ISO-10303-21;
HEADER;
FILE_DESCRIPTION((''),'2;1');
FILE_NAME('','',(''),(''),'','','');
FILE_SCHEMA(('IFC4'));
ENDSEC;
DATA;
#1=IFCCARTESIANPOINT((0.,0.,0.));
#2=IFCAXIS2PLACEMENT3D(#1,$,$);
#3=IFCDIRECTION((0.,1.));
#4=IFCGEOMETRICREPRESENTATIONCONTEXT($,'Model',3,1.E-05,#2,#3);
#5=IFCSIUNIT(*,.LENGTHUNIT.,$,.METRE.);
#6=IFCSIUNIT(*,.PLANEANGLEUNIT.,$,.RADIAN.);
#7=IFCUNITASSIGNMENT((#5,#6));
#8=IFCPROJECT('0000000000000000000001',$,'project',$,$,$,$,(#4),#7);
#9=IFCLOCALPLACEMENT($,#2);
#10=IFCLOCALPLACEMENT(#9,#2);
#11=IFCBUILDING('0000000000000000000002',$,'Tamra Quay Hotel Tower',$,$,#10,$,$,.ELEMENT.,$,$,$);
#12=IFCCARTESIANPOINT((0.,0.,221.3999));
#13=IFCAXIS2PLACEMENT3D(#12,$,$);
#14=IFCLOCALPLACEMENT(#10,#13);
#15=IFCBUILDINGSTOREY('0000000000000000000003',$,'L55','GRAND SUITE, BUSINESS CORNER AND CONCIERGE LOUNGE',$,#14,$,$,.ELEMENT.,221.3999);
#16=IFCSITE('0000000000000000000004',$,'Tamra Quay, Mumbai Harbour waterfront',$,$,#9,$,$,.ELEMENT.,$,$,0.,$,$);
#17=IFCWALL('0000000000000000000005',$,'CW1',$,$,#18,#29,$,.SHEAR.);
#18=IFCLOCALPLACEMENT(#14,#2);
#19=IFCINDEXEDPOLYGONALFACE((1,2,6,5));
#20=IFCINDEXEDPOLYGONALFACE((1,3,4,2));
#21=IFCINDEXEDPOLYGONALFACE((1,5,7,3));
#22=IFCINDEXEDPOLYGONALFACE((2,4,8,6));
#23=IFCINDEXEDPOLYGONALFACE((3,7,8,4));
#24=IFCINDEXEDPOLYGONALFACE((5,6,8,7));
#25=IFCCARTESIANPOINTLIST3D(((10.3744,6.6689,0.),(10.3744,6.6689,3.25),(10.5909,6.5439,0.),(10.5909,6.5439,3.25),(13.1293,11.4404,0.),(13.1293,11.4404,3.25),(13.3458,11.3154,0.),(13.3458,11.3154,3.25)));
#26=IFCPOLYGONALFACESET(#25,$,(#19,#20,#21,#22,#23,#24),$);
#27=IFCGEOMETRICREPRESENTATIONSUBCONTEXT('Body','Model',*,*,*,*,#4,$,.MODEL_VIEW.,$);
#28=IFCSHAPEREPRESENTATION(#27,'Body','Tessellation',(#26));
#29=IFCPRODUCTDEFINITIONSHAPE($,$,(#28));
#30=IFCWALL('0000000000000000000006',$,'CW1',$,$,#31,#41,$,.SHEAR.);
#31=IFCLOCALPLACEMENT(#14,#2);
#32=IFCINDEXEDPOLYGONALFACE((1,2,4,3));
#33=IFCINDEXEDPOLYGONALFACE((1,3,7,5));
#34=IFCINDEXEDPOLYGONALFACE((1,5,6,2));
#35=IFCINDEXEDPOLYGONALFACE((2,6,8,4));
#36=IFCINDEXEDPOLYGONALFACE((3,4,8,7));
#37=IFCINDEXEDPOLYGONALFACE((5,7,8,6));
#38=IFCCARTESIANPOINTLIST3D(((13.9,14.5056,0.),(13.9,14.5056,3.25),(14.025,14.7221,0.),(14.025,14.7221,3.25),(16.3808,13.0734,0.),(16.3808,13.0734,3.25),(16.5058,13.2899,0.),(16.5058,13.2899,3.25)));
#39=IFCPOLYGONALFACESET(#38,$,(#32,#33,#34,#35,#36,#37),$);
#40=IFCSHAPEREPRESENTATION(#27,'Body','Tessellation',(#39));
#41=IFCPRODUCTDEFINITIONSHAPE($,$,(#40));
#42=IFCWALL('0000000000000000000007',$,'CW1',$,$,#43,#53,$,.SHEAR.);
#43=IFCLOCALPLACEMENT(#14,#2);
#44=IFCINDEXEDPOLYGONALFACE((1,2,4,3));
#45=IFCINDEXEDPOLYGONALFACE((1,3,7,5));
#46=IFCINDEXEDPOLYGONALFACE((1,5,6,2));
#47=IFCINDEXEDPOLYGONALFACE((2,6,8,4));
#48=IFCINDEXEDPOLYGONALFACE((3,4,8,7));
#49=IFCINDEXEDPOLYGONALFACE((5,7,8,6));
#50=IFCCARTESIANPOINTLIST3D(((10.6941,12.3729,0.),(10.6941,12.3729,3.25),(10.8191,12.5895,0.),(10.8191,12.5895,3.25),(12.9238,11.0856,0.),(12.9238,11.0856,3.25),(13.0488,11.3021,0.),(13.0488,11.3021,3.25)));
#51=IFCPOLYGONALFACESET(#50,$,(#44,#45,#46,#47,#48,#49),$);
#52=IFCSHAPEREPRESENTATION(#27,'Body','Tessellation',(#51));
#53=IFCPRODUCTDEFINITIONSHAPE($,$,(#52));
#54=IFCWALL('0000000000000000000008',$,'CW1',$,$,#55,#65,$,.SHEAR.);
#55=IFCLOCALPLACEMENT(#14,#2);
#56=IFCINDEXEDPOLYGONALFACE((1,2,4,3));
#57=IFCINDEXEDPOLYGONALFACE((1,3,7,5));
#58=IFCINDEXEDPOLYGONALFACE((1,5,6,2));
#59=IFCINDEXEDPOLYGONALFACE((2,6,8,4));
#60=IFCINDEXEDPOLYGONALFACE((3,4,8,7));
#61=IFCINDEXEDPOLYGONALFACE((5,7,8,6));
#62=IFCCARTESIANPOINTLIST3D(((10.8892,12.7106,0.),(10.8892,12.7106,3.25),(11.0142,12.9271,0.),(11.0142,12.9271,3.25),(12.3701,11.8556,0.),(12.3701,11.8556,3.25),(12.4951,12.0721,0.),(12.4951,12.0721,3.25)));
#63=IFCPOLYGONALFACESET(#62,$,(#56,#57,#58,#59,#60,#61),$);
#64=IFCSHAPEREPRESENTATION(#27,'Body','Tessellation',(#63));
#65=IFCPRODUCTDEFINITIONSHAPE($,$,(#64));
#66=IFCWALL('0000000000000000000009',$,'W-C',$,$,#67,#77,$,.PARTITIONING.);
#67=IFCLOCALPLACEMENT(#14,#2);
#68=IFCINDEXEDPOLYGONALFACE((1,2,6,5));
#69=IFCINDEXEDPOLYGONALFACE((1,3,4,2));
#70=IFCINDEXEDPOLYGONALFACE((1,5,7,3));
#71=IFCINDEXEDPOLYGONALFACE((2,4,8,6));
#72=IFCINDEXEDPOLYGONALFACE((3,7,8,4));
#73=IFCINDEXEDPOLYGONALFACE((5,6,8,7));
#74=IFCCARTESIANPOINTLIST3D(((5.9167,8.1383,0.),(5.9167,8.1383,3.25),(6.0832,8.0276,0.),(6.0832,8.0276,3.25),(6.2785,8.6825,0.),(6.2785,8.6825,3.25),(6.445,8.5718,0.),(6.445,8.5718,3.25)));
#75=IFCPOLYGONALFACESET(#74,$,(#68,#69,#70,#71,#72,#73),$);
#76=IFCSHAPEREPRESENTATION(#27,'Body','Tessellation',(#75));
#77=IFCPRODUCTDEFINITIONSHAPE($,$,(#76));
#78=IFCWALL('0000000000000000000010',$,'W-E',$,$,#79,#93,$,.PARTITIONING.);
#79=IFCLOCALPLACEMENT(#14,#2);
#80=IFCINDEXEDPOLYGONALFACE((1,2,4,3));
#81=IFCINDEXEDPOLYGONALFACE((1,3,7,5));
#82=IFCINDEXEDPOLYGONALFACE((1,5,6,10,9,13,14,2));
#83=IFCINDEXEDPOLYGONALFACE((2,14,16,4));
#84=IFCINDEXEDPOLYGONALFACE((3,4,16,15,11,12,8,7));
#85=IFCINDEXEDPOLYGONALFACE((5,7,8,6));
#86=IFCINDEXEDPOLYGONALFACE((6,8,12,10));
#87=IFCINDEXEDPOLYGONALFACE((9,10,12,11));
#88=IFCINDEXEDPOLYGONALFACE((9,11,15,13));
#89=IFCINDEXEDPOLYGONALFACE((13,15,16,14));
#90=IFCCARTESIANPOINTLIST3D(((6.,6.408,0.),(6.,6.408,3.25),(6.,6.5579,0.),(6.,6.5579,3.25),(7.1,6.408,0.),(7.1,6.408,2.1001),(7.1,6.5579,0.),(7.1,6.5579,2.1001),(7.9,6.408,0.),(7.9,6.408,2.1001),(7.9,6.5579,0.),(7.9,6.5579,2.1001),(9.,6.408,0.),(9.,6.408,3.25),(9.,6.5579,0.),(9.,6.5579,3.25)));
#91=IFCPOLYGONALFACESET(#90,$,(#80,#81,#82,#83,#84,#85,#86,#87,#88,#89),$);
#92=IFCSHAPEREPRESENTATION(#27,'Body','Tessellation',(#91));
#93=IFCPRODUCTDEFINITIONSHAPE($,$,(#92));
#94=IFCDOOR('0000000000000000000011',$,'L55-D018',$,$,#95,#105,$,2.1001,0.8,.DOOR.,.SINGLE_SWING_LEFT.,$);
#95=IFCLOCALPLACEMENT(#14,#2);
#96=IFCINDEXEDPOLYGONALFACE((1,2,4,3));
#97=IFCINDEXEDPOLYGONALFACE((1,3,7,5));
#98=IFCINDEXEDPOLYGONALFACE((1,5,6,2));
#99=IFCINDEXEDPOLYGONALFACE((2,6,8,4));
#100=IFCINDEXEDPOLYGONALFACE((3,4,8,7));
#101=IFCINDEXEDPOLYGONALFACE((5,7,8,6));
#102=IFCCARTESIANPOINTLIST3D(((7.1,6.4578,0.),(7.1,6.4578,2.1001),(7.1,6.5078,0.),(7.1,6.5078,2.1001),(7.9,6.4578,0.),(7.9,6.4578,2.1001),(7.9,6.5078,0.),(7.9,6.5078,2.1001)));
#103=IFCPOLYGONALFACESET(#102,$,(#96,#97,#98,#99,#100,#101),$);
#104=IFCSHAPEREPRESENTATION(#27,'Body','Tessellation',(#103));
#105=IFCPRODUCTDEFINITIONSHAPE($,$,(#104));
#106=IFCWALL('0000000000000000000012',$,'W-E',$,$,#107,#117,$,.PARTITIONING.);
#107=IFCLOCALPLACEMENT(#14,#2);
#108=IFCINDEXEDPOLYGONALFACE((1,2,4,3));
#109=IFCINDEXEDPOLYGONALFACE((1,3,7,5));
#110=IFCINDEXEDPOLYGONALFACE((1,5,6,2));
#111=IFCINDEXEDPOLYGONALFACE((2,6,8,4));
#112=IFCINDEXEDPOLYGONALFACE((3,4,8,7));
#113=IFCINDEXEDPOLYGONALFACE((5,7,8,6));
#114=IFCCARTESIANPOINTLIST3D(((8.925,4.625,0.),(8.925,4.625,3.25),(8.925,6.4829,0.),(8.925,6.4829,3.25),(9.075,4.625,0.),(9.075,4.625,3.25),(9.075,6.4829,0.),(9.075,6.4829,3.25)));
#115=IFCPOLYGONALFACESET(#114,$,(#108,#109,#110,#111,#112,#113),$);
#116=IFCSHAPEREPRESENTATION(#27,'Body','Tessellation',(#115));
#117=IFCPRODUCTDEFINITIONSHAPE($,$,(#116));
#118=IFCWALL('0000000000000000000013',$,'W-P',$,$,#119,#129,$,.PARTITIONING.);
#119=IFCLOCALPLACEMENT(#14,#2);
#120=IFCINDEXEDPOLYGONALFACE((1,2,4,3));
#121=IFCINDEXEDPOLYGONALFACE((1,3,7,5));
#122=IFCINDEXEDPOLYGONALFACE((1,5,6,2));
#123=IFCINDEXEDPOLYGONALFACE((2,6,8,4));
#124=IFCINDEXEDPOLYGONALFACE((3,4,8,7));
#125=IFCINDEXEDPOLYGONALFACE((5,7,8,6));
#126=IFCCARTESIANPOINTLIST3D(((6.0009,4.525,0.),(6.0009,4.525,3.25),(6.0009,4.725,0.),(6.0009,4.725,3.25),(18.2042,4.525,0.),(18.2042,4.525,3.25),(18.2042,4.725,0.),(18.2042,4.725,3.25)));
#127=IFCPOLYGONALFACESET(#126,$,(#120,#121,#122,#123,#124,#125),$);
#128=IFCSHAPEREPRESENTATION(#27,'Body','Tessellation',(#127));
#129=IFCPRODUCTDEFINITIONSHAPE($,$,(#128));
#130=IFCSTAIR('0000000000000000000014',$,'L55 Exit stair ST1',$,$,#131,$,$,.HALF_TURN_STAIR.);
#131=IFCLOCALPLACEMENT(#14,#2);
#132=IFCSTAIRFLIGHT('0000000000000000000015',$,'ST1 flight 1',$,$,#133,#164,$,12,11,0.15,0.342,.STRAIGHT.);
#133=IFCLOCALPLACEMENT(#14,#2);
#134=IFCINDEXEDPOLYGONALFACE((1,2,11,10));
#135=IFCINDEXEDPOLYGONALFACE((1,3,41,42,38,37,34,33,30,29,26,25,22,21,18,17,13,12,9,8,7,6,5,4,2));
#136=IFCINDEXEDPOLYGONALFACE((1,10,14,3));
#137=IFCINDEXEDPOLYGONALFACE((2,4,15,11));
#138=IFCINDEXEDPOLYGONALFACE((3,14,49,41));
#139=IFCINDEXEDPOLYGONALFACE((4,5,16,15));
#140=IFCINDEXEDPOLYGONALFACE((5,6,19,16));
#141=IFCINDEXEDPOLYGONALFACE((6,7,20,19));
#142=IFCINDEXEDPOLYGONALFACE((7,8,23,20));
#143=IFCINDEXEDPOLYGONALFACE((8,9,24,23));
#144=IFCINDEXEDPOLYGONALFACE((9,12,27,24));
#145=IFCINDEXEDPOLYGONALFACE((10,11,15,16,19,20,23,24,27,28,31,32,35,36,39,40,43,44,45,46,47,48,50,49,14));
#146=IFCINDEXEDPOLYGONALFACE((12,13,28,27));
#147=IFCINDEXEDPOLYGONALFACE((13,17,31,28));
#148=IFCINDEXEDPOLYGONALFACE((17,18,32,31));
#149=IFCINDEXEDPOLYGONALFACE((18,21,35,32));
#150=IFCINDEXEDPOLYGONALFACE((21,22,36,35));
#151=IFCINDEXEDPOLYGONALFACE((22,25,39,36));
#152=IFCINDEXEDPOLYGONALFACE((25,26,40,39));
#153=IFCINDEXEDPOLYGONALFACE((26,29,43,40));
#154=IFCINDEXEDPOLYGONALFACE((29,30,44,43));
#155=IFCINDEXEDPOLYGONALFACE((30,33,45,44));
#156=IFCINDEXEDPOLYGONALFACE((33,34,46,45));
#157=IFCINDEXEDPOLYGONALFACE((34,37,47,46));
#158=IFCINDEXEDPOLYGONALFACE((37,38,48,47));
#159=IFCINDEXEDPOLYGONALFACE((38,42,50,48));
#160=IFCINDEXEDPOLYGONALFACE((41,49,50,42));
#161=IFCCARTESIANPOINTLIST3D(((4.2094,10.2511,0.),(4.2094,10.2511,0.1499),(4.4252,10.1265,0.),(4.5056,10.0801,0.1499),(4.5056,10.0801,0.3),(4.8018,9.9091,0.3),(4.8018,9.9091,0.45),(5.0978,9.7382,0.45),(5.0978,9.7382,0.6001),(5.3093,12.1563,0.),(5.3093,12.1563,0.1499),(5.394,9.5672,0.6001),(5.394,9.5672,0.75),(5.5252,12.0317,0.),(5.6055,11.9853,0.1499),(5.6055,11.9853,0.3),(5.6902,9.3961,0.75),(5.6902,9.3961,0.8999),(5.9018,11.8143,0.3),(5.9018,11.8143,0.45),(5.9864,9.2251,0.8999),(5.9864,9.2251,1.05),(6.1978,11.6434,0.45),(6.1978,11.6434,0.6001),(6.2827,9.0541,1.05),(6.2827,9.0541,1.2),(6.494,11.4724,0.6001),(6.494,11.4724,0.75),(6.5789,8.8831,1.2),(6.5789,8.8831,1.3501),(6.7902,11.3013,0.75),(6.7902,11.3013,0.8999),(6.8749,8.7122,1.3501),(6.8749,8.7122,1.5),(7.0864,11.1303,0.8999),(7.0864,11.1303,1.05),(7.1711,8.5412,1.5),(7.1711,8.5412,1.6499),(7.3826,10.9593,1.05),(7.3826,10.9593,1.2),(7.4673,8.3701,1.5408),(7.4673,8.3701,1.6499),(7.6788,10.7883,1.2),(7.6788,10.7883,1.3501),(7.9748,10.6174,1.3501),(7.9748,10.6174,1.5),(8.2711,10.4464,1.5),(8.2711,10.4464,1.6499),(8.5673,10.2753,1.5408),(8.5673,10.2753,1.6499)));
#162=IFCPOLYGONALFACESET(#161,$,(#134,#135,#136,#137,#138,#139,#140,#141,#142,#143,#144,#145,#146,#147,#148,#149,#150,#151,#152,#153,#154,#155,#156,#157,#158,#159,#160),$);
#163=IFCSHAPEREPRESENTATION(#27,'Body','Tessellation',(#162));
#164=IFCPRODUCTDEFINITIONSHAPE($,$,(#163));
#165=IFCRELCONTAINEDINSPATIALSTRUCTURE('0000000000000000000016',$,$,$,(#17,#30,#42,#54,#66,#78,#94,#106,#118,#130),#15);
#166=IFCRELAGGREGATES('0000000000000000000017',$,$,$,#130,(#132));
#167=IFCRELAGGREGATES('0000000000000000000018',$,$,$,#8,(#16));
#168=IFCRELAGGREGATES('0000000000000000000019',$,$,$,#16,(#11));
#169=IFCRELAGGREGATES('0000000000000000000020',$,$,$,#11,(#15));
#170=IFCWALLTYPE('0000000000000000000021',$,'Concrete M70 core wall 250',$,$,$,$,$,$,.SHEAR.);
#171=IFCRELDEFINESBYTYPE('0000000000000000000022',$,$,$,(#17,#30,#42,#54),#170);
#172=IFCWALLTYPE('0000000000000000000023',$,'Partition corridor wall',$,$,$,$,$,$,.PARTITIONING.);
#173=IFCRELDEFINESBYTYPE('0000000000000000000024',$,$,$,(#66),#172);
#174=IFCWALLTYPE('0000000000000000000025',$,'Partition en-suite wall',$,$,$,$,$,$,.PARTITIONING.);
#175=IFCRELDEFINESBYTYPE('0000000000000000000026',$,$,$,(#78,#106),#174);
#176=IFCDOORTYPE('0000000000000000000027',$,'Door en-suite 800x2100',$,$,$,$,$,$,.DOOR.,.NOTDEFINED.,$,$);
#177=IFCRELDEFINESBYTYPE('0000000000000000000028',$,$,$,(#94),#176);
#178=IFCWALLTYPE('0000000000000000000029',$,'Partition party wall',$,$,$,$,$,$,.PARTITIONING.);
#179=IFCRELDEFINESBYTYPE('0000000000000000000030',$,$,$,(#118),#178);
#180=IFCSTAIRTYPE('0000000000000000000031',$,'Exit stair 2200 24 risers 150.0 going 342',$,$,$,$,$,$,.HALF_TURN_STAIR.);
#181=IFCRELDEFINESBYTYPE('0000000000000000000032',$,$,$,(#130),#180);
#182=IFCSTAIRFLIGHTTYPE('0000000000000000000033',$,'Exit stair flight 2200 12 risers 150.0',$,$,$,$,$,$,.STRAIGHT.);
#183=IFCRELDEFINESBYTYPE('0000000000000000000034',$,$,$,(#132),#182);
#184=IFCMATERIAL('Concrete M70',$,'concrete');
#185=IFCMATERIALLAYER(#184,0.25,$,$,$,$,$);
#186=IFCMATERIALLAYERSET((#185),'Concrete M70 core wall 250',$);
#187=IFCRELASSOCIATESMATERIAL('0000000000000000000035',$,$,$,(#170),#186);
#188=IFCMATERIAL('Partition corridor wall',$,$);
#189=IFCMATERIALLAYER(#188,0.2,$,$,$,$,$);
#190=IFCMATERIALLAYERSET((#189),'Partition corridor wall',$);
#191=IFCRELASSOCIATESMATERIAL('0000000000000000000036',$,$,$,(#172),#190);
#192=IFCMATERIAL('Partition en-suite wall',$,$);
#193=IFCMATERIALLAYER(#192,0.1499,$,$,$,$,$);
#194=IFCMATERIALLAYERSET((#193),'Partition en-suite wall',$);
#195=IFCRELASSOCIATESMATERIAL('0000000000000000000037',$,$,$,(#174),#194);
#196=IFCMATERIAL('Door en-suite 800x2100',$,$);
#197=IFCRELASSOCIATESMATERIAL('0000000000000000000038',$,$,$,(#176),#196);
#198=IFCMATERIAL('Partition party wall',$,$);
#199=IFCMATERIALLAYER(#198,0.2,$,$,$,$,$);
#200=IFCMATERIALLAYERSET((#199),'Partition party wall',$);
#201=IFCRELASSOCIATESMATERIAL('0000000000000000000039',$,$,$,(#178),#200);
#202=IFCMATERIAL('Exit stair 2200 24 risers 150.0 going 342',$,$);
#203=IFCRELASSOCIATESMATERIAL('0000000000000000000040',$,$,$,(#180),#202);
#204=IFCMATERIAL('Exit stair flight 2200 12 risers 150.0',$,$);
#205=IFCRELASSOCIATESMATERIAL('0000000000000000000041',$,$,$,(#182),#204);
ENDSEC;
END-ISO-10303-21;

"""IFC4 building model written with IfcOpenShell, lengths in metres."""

from ifc_helpers import new_model, si_unit, direction, frame, frame_2d, origin, place, context, subcontext, project, spatial, polyline, rectangle, outline, extrude, material, layer, layer_set, type_object, element, fill, aggregate, save


model = new_model("IFC4")

# Units and contexts
model_context = context("Model", 3, precision=1e-05, world=origin(), true_north=direction((0.0, 1.0)))
body_context = subcontext(model_context, "Body", "Model", "MODEL_VIEW")
ifc_project = project(units=[si_unit("LENGTHUNIT", "METRE"), si_unit("PLANEANGLEUNIT", "RADIAN")], contexts=[model_context])

# Site, building, storey
site_placement = place(None, origin())
site = spatial("IfcSite", under=ifc_project, at=site_placement, Name="Tamra Quay, Mumbai Harbour waterfront", CompositionType="ELEMENT", RefElevation=0.0)
building_placement = place(site_placement, origin())
building = spatial("IfcBuilding", under=site, at=building_placement, Name="Tamra Quay Hotel Tower", CompositionType="ELEMENT")
storey_placement = place(building_placement, frame((0.0, 0.0, 221.3999)))
storey = spatial("IfcBuildingStorey", under=building, at=storey_placement, Name="L55", Description="GRAND SUITE, BUSINESS CORNER AND CONCIERGE LOUNGE", CompositionType="ELEMENT", Elevation=221.3999)

# Shared definitions
ifc_material_1 = material(Name="Concrete M70", Category="concrete")

# Shared definitions
ifc_layer_1 = layer(ifc_material_1, 0.25)
ifc_layer_set_1 = layer_set([ifc_layer_1], Name="Concrete M70 core wall 250")
wall_type_1 = type_object("IfcWallType", Name="Concrete M70 core wall 250", PredefinedType="SHEAR", material=ifc_layer_set_1)

# Walls
wall_1_placement = place(storey_placement, frame((13.2375, 11.3779, 0.0), z_axis=(0.0, 0.0, 1.0), x_axis=(-0.500009, -0.86602, 0.0)))
element("IfcWall", 1, at=wall_1_placement, inside=storey, type_object=wall_type_1, Name="CW1", PredefinedType="SHEAR", context=body_context, shape_type="SweptSolid", body=[
    extrude(rectangle(XDim=5.5098, YDim=0.25, at=frame_2d((2.7549, 0.0))), origin(), (0.0, 0.0, 1.0), 3.25),
])
wall_2_placement = place(storey_placement, frame((13.9626, 14.6138, 0.0), z_axis=(0.0, 0.0, 1.0), x_axis=(0.866042, -0.499971, 0.0)))
element("IfcWall", 2, at=wall_2_placement, inside=storey, type_object=wall_type_1, Name="CW1", PredefinedType="SHEAR", context=body_context, shape_type="SweptSolid", body=[
    extrude(rectangle(XDim=2.8645, YDim=0.25, at=frame_2d((1.4321, 0.0))), origin(), (0.0, 0.0, 1.0), 3.25),
])
wall_3_placement = place(storey_placement, frame((10.7566, 12.4812, 0.0), z_axis=(0.0, 0.0, 1.0), x_axis=(0.866023, -0.500004, 0.0)))
element("IfcWall", 3, at=wall_3_placement, inside=storey, type_object=wall_type_1, Name="CW1", PredefinedType="SHEAR", context=body_context, shape_type="SweptSolid", body=[
    extrude(rectangle(XDim=2.5747, YDim=0.25, at=frame_2d((1.2874, 0.0))), origin(), (0.0, 0.0, 1.0), 3.25),
])
wall_4_placement = place(storey_placement, frame((12.4326, 11.9639, 0.0), z_axis=(0.0, 0.0, 1.0), x_axis=(-0.866038, 0.499978, 0.0)))
element("IfcWall", 4, at=wall_4_placement, inside=storey, type_object=wall_type_1, Name="CW1", PredefinedType="SHEAR", context=body_context, shape_type="SweptSolid", body=[
    extrude(rectangle(XDim=1.71, YDim=0.25, at=frame_2d((0.855, 0.0))), origin(), (0.0, 0.0, 1.0), 3.25),
])
ifc_material_2 = material(Name="Partition corridor wall")
ifc_layer_2 = layer(ifc_material_2, 0.2)
ifc_layer_set_2 = layer_set([ifc_layer_2], Name="Partition corridor wall")
wall_type_2 = type_object("IfcWallType", Name="Partition corridor wall", PredefinedType="PARTITIONING", material=ifc_layer_set_2)
wall_5_placement = place(storey_placement, frame((6.0, 8.083, 0.0), z_axis=(0.0, 0.0, 1.0), x_axis=(0.553665, 0.832739, 0.0)))
element("IfcWall", 5, at=wall_5_placement, inside=storey, type_object=wall_type_2, Name="W-C", PredefinedType="PARTITIONING", context=body_context, shape_type="SweptSolid", body=[
    extrude(rectangle(XDim=0.6536, YDim=0.2, at=frame_2d((0.3267, 0.0))), origin(), (0.0, 0.0, 1.0), 3.25),
])

# Wall, opening, door
ifc_material_3 = material(Name="Partition en-suite wall")
ifc_layer_3 = layer(ifc_material_3, 0.1499)
ifc_layer_set_3 = layer_set([ifc_layer_3], Name="Partition en-suite wall")
wall_type_3 = type_object("IfcWallType", Name="Partition en-suite wall", PredefinedType="PARTITIONING", material=ifc_layer_set_3)
wall_6_placement = place(storey_placement, frame((6.0, 6.4829, 0.0), z_axis=(0.0, 0.0, 1.0), x_axis=(1.0, 0.0, 0.0)))
wall_6 = element("IfcWall", 6, at=wall_6_placement, inside=storey, type_object=wall_type_3, Name="W-E", PredefinedType="PARTITIONING", context=body_context, shape_type="SweptSolid", body=[
    extrude(rectangle(XDim=3.0, YDim=0.1499, at=frame_2d((1.5, 0.0))), origin(), (0.0, 0.0, 1.0), 3.25),
])
opening_1_placement = place(wall_6_placement, frame((1.1001, 0.0, 0.0)))
opening_1 = element("IfcOpeningElement", 7, at=opening_1_placement, cuts=wall_6, PredefinedType="OPENING", context=body_context, shape_type="SweptSolid", body=[
    extrude(rectangle(XDim=0.8, YDim=2.1001, at=frame_2d((0.3999, 1.05))), frame((0.0, 0.085, 0.0), z_axis=(0.0, -1.0, 0.0), x_axis=(1.0, 0.0, 0.0)), (0.0, 0.0, 1.0), 0.1699),
])
ifc_material_4 = material(Name="Door en-suite 800x2100")
door_type_1 = type_object("IfcDoorType", Name="Door en-suite 800x2100", OperationType="NOTDEFINED", PredefinedType="DOOR", material=ifc_material_4)
door_1_placement = place(opening_1_placement, origin())
door_1 = element("IfcDoor", 8, at=door_1_placement, inside=storey, type_object=door_type_1, Name="L55-D018", OperationType="SINGLE_SWING_LEFT", OverallHeight=2.1001, OverallWidth=0.8, PredefinedType="DOOR", context=body_context, shape_type="SweptSolid", body=[
    extrude(rectangle(XDim=0.8, YDim=2.1001, at=frame_2d((0.3999, 1.05))), frame((0.0, 0.0249, 0.0), z_axis=(0.0, -1.0, 0.0), x_axis=(1.0, 0.0, 0.0)), (0.0, 0.0, 1.0), 0.05),
])
fill(opening_1, door_1)

# Walls
wall_7_placement = place(storey_placement, frame((9.0, 4.625, 0.0), z_axis=(0.0, 0.0, 1.0), x_axis=(0.0, 1.0, 0.0)))
element("IfcWall", 9, at=wall_7_placement, inside=storey, type_object=wall_type_3, Name="W-E", PredefinedType="PARTITIONING", context=body_context, shape_type="SweptSolid", body=[
    extrude(rectangle(XDim=1.8579, YDim=0.1499, at=frame_2d((0.929, 0.0))), origin(), (0.0, 0.0, 1.0), 3.25),
])
ifc_material_5 = material(Name="Partition party wall")
ifc_layer_4 = layer(ifc_material_5, 0.2)
ifc_layer_set_4 = layer_set([ifc_layer_4], Name="Partition party wall")
wall_type_4 = type_object("IfcWallType", Name="Partition party wall", PredefinedType="PARTITIONING", material=ifc_layer_set_4)
wall_8_placement = place(storey_placement, frame((6.001, 4.625, 0.0), z_axis=(0.0, 0.0, 1.0), x_axis=(1.0, 0.0, 0.0)))
element("IfcWall", 10, at=wall_8_placement, inside=storey, type_object=wall_type_4, Name="W-P", PredefinedType="PARTITIONING", context=body_context, shape_type="SweptSolid", body=[
    extrude(rectangle(XDim=12.2034, YDim=0.2, at=frame_2d((6.1016, 0.0))), origin(), (0.0, 0.0, 1.0), 3.25),
])

# Stair, stair flight
ifc_material_6 = material(Name="Exit stair 2200 24 risers 150.0 going 342")
stair_type = type_object("IfcStairType", Name="Exit stair 2200 24 risers 150.0 going 342", PredefinedType="HALF_TURN_STAIR", material=ifc_material_6)
stair_placement = place(storey_placement, origin())
stair = element("IfcStair", 11, at=stair_placement, inside=storey, type_object=stair_type, Name="L55 Exit stair ST1", PredefinedType="HALF_TURN_STAIR")
ifc_material_7 = material(Name="Exit stair flight 2200 12 risers 150.0")
stair_flight_type = type_object("IfcStairFlightType", Name="Exit stair flight 2200 12 risers 150.0", PredefinedType="STRAIGHT", material=ifc_material_7)
stair_flight_1_placement = place(storey_placement, frame((4.7593, 11.2036, 0.0), z_axis=(0.0, 0.0, 1.0), x_axis=(0.866025, -0.5, 0.0)))
stair_flight_1 = element("IfcStairFlight", 12, at=stair_flight_1_placement, type_object=stair_flight_type, Name="ST1 flight 1", NumberOfRisers=12, NumberOfTreads=11, PredefinedType="STRAIGHT", RiserHeight=0.15, TreadLength=0.342, context=body_context, shape_type="SweptSolid", body=[
    extrude(outline(polyline([(0.0, 0.0), (0.0, 0.1499), (0.342, 0.1499), (0.342, 0.3), (0.6841, 0.3), (0.6841, 0.45), (1.0259, 0.45), (1.0259, 0.6001), (1.3679, 0.6001), (1.3679, 0.75), (1.71, 0.75), (1.71, 0.8999), (2.052, 0.8999), (2.052, 1.05), (2.394, 1.05), (2.394, 1.2), (2.7361, 1.2), (2.7361, 1.3501), (3.0779, 1.3501), (3.0779, 1.5), (3.4199, 1.5), (3.4199, 1.6499), (3.762, 1.6499), (3.762, 1.8), (3.762, 1.5408), (0.2493, 0.0), (0.0, 0.0)])), frame((0.0, 1.1001, 0.0), z_axis=(0.0, -1.0, 0.0), x_axis=(1.0, 0.0, 0.0)), (0.0, 0.0, 1.0), 2.2),
])
aggregate(stair, [stair_flight_1])

save(model, "model.ifc")
